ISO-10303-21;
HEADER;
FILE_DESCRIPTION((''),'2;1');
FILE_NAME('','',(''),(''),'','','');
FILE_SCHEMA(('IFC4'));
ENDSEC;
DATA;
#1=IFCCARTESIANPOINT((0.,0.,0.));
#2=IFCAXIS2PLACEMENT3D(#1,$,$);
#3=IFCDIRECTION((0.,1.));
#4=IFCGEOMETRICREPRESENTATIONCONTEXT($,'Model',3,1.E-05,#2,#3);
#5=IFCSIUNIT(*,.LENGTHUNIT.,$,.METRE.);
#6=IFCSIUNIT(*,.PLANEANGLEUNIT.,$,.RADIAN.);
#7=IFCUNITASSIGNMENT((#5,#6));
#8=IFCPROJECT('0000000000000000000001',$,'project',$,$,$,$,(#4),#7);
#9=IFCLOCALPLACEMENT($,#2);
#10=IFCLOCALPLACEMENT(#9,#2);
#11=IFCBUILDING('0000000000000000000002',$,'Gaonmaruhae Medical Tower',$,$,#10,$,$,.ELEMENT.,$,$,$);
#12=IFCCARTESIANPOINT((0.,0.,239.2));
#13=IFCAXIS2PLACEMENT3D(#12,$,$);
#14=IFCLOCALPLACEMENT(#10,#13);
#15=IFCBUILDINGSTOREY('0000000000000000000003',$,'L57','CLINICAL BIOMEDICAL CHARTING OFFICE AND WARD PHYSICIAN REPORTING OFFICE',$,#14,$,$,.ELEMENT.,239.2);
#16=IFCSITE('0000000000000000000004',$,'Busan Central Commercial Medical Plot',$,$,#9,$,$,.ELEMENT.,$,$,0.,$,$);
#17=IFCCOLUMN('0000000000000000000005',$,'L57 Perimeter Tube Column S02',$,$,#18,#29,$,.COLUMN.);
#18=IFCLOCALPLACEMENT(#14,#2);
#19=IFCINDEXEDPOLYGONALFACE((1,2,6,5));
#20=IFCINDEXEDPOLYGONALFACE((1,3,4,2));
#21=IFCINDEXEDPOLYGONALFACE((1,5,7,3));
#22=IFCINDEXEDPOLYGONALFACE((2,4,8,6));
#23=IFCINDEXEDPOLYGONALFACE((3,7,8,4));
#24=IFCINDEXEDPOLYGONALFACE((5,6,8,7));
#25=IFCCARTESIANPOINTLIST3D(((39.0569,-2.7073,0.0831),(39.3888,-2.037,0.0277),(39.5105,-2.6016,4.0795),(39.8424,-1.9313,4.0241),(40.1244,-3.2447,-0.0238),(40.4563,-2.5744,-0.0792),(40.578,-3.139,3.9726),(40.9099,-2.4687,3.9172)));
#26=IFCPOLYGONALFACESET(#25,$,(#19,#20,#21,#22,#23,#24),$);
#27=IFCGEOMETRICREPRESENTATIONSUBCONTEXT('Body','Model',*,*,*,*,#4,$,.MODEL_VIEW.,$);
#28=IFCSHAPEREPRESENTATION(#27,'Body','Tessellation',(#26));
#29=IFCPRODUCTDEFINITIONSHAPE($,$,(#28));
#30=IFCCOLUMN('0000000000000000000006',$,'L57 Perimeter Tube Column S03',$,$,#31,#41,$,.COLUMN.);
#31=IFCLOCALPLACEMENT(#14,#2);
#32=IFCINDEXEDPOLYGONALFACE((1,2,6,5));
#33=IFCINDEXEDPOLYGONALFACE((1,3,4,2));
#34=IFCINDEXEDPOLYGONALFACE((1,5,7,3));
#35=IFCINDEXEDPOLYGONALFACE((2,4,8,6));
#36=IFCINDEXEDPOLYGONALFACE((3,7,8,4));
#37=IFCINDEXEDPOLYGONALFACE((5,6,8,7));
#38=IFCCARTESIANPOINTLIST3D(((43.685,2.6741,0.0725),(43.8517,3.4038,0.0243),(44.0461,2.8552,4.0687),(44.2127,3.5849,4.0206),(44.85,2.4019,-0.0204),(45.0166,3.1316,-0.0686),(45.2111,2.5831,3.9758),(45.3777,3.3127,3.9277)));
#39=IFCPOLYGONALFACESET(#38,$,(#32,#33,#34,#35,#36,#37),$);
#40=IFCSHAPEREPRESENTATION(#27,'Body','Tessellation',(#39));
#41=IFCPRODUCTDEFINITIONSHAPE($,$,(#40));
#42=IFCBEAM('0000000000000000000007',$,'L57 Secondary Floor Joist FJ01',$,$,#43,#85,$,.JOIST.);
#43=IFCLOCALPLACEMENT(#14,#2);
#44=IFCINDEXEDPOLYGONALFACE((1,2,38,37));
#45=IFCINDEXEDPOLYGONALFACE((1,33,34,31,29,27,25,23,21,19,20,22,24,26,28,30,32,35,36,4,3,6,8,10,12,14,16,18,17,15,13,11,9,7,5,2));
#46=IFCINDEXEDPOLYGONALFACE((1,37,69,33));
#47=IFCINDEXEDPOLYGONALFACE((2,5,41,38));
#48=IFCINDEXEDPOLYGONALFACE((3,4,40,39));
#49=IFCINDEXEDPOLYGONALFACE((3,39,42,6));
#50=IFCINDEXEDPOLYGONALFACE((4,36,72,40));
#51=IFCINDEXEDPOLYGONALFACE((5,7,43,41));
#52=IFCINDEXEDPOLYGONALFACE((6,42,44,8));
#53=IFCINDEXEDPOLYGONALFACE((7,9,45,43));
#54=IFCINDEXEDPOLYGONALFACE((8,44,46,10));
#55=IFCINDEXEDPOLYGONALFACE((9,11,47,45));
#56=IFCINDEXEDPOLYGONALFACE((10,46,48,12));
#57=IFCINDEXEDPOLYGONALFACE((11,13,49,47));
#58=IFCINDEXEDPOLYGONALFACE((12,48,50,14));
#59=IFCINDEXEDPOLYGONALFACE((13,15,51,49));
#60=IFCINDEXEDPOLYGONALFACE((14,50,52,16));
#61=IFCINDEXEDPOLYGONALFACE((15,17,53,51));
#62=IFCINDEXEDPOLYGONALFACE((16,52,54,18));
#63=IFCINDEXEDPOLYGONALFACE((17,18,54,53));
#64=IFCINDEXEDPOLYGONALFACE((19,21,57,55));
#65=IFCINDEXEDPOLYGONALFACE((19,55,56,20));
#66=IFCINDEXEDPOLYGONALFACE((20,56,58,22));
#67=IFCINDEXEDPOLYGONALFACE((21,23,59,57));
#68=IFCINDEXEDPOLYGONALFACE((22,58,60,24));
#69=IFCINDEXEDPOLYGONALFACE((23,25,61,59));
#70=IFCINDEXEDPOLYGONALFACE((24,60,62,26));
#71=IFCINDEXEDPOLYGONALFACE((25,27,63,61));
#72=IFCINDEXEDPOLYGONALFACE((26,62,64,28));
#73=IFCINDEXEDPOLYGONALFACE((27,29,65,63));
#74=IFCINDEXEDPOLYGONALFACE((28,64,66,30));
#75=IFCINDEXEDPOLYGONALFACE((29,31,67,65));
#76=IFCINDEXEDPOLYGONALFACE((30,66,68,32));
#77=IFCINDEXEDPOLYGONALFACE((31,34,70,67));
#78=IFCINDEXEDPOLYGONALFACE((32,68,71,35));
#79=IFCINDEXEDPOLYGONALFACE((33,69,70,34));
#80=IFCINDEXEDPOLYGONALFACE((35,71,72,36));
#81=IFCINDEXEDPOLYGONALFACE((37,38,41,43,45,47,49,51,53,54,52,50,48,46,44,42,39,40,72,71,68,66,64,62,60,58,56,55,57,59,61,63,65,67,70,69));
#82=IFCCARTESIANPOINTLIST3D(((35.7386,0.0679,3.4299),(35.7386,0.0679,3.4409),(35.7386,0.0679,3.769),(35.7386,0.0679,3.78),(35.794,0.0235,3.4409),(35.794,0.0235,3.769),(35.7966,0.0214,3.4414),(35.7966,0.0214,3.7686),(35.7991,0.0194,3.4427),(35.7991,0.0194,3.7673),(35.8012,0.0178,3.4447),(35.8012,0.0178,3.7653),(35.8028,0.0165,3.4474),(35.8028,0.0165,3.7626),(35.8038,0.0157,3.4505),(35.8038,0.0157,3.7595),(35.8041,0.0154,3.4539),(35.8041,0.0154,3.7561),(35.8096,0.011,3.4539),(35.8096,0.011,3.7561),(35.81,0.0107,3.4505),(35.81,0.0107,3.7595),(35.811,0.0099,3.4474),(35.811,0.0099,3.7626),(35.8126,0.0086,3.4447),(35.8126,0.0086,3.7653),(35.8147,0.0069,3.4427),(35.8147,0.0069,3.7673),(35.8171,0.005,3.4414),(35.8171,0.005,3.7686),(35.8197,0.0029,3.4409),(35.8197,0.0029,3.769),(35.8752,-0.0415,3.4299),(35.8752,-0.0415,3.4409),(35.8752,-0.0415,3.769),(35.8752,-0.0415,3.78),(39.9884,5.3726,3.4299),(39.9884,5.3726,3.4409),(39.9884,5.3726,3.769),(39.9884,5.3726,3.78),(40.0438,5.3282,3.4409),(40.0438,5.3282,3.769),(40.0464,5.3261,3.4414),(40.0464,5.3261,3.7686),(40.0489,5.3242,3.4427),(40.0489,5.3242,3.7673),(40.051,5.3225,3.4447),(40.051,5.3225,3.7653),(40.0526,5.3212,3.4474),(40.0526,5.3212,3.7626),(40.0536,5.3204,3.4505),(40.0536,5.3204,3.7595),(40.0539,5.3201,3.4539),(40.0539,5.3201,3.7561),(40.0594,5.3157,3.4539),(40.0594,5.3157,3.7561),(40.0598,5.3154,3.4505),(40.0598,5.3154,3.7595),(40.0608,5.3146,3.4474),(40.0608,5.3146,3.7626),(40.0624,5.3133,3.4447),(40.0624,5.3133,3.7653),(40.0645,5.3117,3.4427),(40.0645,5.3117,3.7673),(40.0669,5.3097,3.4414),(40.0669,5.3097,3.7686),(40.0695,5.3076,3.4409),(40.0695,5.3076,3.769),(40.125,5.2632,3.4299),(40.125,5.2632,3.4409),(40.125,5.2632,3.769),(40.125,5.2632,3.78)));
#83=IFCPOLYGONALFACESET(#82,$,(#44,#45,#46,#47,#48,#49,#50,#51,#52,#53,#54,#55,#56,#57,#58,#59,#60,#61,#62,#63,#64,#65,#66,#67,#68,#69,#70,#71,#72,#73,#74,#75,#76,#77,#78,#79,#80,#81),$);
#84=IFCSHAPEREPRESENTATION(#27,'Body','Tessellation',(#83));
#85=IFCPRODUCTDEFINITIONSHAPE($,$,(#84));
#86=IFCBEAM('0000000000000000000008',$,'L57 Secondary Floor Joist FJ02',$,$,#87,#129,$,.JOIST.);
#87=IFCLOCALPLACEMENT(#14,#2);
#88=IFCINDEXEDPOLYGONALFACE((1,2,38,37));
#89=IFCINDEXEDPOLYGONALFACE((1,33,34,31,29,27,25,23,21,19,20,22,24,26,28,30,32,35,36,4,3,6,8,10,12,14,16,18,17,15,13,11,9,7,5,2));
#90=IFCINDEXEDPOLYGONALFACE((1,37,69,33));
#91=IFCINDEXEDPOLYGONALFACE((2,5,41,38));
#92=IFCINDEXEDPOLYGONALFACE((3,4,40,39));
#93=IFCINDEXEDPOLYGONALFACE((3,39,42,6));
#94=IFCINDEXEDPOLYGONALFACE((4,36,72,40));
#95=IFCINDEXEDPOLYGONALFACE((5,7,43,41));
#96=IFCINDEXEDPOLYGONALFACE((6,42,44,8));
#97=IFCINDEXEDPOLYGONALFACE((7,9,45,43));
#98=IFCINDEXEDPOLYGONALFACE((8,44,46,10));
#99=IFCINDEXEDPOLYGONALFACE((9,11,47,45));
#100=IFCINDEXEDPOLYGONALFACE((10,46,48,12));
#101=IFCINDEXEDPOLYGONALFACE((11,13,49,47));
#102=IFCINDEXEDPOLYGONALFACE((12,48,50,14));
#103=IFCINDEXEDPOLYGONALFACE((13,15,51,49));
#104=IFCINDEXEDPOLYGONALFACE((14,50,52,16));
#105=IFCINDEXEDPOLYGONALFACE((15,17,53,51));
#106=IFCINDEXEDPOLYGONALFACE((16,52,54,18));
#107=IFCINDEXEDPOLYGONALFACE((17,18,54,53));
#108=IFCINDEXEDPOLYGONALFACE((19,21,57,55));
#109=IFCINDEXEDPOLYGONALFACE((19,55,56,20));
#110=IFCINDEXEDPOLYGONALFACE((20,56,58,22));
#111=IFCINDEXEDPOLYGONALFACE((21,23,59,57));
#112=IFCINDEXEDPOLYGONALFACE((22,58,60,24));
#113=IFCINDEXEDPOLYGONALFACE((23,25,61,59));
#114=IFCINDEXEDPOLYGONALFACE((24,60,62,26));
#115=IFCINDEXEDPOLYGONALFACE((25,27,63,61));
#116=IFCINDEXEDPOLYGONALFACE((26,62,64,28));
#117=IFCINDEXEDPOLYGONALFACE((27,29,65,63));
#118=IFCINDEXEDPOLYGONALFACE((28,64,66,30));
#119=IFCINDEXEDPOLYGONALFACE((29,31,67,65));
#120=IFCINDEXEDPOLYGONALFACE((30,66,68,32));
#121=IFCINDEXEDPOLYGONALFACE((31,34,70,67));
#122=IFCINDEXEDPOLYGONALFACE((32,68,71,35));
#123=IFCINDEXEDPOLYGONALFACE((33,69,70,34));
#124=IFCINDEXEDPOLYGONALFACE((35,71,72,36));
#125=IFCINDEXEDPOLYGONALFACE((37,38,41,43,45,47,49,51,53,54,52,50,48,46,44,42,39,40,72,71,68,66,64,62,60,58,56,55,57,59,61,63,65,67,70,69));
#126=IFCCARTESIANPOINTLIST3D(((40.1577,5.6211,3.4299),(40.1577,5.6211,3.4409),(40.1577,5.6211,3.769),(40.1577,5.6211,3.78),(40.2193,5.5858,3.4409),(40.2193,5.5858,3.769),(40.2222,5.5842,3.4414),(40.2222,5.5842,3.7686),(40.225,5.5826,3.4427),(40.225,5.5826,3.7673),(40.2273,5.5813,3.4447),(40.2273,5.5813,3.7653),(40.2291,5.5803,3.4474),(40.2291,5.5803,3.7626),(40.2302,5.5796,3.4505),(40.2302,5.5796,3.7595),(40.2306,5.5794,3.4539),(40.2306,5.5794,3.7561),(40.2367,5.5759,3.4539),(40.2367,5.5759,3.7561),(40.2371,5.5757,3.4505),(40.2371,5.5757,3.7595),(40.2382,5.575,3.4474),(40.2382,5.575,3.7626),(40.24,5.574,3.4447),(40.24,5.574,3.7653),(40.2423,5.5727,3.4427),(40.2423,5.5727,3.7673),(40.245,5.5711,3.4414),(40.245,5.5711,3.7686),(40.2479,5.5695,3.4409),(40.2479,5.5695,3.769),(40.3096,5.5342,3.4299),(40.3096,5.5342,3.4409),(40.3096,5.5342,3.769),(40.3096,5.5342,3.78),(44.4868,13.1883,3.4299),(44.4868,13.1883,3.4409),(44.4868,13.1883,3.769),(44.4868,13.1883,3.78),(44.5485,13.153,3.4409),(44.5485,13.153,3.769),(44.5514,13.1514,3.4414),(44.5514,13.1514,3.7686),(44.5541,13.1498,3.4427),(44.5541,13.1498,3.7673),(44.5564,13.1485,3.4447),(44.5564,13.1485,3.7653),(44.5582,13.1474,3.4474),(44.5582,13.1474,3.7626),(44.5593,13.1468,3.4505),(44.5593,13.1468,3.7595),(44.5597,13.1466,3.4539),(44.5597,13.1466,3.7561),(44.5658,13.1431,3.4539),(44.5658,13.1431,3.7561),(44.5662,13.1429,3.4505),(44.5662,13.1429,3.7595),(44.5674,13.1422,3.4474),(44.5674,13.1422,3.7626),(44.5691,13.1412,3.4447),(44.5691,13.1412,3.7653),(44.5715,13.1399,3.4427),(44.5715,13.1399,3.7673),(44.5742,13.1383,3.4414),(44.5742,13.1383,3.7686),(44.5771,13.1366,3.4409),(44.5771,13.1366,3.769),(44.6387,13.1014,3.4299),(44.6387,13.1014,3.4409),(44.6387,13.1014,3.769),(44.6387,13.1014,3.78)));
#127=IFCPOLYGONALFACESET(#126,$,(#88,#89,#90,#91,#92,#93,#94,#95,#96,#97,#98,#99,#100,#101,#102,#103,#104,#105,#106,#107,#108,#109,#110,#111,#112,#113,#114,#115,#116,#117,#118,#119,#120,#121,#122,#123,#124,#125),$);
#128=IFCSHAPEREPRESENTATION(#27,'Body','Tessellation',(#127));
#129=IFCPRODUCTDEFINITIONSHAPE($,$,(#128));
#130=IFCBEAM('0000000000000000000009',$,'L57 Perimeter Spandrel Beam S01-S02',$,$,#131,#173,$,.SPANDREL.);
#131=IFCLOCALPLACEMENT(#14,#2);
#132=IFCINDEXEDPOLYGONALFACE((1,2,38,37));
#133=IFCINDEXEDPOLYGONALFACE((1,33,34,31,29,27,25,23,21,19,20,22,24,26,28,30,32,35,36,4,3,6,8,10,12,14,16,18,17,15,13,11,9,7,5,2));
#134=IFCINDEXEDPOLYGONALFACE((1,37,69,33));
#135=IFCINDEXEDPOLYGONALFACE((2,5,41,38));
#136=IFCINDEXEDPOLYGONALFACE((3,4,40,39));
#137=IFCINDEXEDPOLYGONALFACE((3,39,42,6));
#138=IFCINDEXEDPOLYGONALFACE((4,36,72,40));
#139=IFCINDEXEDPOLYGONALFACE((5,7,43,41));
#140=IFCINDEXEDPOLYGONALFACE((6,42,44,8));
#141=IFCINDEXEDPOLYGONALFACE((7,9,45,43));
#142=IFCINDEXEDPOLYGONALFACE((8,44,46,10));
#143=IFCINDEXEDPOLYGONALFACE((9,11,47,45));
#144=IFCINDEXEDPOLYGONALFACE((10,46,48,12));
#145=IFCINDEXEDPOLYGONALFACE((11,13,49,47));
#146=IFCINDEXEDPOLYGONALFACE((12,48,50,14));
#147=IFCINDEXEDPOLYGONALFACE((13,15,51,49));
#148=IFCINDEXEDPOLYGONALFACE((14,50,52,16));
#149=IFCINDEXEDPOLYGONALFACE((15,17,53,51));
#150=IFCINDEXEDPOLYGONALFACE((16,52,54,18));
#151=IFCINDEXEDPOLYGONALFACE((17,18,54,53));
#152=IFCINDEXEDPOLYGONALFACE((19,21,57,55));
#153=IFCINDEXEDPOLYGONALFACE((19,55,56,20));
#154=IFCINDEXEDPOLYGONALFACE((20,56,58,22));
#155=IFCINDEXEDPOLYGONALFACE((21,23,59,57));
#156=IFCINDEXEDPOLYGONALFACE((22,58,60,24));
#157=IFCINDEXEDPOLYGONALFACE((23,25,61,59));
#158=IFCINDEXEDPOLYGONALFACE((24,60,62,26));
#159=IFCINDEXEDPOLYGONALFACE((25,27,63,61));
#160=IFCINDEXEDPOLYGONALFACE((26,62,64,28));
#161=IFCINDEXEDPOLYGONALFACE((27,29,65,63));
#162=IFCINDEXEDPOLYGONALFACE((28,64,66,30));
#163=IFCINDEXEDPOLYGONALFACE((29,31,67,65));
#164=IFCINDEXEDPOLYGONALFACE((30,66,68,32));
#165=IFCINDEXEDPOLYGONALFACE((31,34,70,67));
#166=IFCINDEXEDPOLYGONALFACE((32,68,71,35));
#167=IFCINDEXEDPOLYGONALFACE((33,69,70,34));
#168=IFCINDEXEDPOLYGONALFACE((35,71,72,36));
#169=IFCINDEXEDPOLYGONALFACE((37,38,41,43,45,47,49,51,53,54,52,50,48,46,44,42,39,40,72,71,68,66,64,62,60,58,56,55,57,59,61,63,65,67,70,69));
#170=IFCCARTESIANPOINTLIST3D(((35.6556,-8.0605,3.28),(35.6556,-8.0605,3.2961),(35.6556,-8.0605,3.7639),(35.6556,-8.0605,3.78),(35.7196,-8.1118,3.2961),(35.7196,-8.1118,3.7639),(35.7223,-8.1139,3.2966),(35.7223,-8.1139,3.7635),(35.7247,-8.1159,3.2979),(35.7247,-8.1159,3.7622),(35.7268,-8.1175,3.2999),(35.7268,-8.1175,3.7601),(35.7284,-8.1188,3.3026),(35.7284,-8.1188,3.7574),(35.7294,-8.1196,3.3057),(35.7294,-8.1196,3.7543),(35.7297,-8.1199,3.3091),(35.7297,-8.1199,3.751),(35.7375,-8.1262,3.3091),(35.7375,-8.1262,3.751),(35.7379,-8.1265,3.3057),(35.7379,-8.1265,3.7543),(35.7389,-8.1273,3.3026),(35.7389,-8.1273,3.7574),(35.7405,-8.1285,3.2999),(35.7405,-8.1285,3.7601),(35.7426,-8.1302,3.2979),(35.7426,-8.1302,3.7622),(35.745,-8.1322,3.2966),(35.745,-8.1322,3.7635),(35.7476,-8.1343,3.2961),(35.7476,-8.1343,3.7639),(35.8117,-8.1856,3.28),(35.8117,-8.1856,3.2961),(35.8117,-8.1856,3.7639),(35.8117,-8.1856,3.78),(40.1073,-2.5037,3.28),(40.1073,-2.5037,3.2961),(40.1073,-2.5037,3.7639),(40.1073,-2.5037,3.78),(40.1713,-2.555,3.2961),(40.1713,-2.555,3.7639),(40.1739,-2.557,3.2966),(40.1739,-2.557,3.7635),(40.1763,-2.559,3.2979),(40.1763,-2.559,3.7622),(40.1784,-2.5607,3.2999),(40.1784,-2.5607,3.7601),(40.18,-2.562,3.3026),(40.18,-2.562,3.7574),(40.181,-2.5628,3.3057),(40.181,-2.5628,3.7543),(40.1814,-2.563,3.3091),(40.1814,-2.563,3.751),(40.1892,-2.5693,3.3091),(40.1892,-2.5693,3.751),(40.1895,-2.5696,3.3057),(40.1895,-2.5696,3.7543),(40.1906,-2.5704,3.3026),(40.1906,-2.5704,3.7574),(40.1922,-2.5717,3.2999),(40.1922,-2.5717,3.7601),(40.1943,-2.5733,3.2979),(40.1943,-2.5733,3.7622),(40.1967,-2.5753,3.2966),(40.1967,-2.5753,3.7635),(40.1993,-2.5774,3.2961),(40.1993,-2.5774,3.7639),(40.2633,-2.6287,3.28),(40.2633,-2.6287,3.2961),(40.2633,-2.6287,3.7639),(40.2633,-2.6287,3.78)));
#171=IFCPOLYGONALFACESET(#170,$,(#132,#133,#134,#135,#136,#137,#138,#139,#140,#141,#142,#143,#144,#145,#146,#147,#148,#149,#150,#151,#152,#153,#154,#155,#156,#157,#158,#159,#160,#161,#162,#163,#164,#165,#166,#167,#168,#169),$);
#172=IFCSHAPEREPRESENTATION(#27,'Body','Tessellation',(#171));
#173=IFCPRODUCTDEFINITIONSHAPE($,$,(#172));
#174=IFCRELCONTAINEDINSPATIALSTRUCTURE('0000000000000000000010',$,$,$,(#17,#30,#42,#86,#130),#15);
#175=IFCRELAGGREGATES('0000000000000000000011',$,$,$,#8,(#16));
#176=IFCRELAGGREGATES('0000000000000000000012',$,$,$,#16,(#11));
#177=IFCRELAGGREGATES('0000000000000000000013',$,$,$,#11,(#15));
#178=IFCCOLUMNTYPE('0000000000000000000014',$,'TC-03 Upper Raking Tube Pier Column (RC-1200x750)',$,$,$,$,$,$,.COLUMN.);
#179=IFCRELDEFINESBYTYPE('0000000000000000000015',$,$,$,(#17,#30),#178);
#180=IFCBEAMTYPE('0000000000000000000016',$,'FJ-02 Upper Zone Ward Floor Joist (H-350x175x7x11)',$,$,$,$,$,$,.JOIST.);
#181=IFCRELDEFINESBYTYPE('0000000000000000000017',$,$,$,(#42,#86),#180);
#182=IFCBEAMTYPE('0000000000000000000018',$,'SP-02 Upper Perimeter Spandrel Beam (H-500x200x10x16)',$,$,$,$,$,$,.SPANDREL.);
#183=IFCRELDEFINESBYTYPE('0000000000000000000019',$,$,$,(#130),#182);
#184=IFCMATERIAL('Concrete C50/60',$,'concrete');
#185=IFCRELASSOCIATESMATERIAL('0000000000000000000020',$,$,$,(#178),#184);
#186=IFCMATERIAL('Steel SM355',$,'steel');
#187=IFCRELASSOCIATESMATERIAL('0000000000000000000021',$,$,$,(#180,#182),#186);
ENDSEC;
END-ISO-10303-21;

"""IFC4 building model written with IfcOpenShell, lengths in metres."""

from ifc_helpers import new_model, si_unit, direction, frame, origin, origin_2d, place, context, subcontext, project, spatial, rectangle, i_section, extrude, material, material_profile, profile_set, type_object, element, save


model = new_model("IFC4")

# Units and contexts
model_context = context("Model", 3, precision=1e-05, world=origin(), true_north=direction((0.0, 1.0)))
body_context = subcontext(model_context, "Body", "Model", "MODEL_VIEW")
ifc_project = project(units=[si_unit("LENGTHUNIT", "METRE"), si_unit("PLANEANGLEUNIT", "RADIAN")], contexts=[model_context])

# Site, building, storey
site_placement = place(None, origin())
site = spatial("IfcSite", under=ifc_project, at=site_placement, Name="Busan Central Commercial Medical Plot", CompositionType="ELEMENT", RefElevation=0.0)
building_placement = place(site_placement, origin())
building = spatial("IfcBuilding", under=site, at=building_placement, Name="Gaonmaruhae Medical Tower", CompositionType="ELEMENT")
storey_placement = place(building_placement, frame((0.0, 0.0, 239.2)))
storey = spatial("IfcBuildingStorey", under=building, at=storey_placement, Name="L57", Description="CLINICAL BIOMEDICAL CHARTING OFFICE AND WARD PHYSICIAN REPORTING OFFICE", CompositionType="ELEMENT", Elevation=239.2)

# Columns
ifc_material_1 = material(Name="Concrete C50/60", Category="concrete")
ifc_material_profile_1 = material_profile(ifc_material_1, rectangle(XDim=1.2, YDim=0.75, at=origin_2d()), Name="RC-1200x750")
ifc_profile_set_1 = profile_set([ifc_material_profile_1], Name="Concrete C50/60")
column_type = type_object("IfcColumnType", Name="TC-03 Upper Raking Tube Pier Column (RC-1200x750)", PredefinedType="COLUMN", material=ifc_profile_set_1)
column_1_placement = place(storey_placement, frame((39.7566, -2.6409, 0.002), z_axis=(0.112744, 0.026275, 0.993277), x_axis=(-0.889647, 0.447866, 0.089134)))
element("IfcColumn", 1, at=column_1_placement, inside=storey, type_object=column_type, Name="L57 Perimeter Tube Column S02", PredefinedType="COLUMN", context=body_context, shape_type="SweptSolid", body=[
    extrude(rectangle(XDim=1.2, YDim=0.75, at=origin_2d()), origin(), (0.0, 0.0, 1.0), 4.0234),
])
column_2_placement = place(storey_placement, frame((44.3508, 2.9028, 0.002), z_axis=(0.089896, 0.0451, 0.99493), x_axis=(-0.970851, 0.22683, 0.077438)))
element("IfcColumn", 2, at=column_2_placement, inside=storey, type_object=column_type, Name="L57 Perimeter Tube Column S03", PredefinedType="COLUMN", context=body_context, shape_type="SweptSolid", body=[
    extrude(rectangle(XDim=1.2, YDim=0.75, at=origin_2d()), origin(), (0.0, 0.0, 1.0), 4.0166),
])

# Beams
ifc_material_2 = material(Name="Steel SM355", Category="steel")
ifc_material_profile_2 = material_profile(ifc_material_2, i_section(OverallWidth=0.175, OverallDepth=0.3501, WebThickness=0.0071, FlangeThickness=0.011, FilletRadius=0.0129, at=origin_2d()), Name="H-350x175x7x11")
ifc_profile_set_2 = profile_set([ifc_material_profile_2], Name="Steel SM355")
beam_type_1 = type_object("IfcBeamType", Name="FJ-02 Upper Zone Ward Floor Joist (H-350x175x7x11)", PredefinedType="JOIST", material=ifc_profile_set_2)
beam_1_placement = place(storey_placement, frame((35.8069, 0.0132, 3.605), z_axis=(0.625234, 0.780438, 0.0), x_axis=(-0.780438, 0.625234, 0.0)))
element("IfcBeam", 3, at=beam_1_placement, inside=storey, type_object=beam_type_1, Name="L57 Secondary Floor Joist FJ01", PredefinedType="JOIST", context=body_context, shape_type="SweptSolid", body=[
    extrude(i_section(OverallWidth=0.175, OverallDepth=0.3501, WebThickness=0.0071, FlangeThickness=0.011, FilletRadius=0.0129, at=origin_2d()), origin(), (0.0, 0.0, 1.0), 6.7971),
])
beam_2_placement = place(storey_placement, frame((40.2336, 5.5776, 3.605), z_axis=(0.496573, 0.867995, 0.0), x_axis=(-0.867995, 0.496573, 0.0)))
element("IfcBeam", 4, at=beam_2_placement, inside=storey, type_object=beam_type_1, Name="L57 Secondary Floor Joist FJ02", PredefinedType="JOIST", context=body_context, shape_type="SweptSolid", body=[
    extrude(i_section(OverallWidth=0.175, OverallDepth=0.3501, WebThickness=0.0071, FlangeThickness=0.011, FilletRadius=0.0129, at=origin_2d()), origin(), (0.0, 0.0, 1.0), 8.718),
])
ifc_material_profile_3 = material_profile(ifc_material_2, i_section(OverallWidth=0.2, OverallDepth=0.5, WebThickness=0.01, FlangeThickness=0.0161, FilletRadius=0.0129, at=origin_2d()), Name="H-500x200x10x16")
ifc_profile_set_3 = profile_set([ifc_material_profile_3], Name="Steel SM355")
beam_type_2 = type_object("IfcBeamType", Name="SP-02 Upper Perimeter Spandrel Beam (H-500x200x10x16)", PredefinedType="SPANDREL", material=ifc_profile_set_3)
for number, where, z_axis, x_axis, name in (
    (5, (35.7336, -8.123, 3.53), (0.625222, 0.780447, 0.0), (-0.780447, 0.625222, 0.0), "L57 Perimeter Spandrel Beam S01-S02"),
):
    element("IfcBeam", number, at=place(storey_placement, frame(where, z_axis=z_axis, x_axis=x_axis)), inside=storey, type_object=beam_type_2, Name=name, PredefinedType="SPANDREL", context=body_context, shape_type="SweptSolid", body=[
        extrude(i_section(OverallWidth=0.2, OverallDepth=0.5, WebThickness=0.01, FlangeThickness=0.0161, FilletRadius=0.0129, at=origin_2d()), origin(), (0.0, 0.0, 1.0), 7.1201),
    ])

save(model, "model.ifc")
